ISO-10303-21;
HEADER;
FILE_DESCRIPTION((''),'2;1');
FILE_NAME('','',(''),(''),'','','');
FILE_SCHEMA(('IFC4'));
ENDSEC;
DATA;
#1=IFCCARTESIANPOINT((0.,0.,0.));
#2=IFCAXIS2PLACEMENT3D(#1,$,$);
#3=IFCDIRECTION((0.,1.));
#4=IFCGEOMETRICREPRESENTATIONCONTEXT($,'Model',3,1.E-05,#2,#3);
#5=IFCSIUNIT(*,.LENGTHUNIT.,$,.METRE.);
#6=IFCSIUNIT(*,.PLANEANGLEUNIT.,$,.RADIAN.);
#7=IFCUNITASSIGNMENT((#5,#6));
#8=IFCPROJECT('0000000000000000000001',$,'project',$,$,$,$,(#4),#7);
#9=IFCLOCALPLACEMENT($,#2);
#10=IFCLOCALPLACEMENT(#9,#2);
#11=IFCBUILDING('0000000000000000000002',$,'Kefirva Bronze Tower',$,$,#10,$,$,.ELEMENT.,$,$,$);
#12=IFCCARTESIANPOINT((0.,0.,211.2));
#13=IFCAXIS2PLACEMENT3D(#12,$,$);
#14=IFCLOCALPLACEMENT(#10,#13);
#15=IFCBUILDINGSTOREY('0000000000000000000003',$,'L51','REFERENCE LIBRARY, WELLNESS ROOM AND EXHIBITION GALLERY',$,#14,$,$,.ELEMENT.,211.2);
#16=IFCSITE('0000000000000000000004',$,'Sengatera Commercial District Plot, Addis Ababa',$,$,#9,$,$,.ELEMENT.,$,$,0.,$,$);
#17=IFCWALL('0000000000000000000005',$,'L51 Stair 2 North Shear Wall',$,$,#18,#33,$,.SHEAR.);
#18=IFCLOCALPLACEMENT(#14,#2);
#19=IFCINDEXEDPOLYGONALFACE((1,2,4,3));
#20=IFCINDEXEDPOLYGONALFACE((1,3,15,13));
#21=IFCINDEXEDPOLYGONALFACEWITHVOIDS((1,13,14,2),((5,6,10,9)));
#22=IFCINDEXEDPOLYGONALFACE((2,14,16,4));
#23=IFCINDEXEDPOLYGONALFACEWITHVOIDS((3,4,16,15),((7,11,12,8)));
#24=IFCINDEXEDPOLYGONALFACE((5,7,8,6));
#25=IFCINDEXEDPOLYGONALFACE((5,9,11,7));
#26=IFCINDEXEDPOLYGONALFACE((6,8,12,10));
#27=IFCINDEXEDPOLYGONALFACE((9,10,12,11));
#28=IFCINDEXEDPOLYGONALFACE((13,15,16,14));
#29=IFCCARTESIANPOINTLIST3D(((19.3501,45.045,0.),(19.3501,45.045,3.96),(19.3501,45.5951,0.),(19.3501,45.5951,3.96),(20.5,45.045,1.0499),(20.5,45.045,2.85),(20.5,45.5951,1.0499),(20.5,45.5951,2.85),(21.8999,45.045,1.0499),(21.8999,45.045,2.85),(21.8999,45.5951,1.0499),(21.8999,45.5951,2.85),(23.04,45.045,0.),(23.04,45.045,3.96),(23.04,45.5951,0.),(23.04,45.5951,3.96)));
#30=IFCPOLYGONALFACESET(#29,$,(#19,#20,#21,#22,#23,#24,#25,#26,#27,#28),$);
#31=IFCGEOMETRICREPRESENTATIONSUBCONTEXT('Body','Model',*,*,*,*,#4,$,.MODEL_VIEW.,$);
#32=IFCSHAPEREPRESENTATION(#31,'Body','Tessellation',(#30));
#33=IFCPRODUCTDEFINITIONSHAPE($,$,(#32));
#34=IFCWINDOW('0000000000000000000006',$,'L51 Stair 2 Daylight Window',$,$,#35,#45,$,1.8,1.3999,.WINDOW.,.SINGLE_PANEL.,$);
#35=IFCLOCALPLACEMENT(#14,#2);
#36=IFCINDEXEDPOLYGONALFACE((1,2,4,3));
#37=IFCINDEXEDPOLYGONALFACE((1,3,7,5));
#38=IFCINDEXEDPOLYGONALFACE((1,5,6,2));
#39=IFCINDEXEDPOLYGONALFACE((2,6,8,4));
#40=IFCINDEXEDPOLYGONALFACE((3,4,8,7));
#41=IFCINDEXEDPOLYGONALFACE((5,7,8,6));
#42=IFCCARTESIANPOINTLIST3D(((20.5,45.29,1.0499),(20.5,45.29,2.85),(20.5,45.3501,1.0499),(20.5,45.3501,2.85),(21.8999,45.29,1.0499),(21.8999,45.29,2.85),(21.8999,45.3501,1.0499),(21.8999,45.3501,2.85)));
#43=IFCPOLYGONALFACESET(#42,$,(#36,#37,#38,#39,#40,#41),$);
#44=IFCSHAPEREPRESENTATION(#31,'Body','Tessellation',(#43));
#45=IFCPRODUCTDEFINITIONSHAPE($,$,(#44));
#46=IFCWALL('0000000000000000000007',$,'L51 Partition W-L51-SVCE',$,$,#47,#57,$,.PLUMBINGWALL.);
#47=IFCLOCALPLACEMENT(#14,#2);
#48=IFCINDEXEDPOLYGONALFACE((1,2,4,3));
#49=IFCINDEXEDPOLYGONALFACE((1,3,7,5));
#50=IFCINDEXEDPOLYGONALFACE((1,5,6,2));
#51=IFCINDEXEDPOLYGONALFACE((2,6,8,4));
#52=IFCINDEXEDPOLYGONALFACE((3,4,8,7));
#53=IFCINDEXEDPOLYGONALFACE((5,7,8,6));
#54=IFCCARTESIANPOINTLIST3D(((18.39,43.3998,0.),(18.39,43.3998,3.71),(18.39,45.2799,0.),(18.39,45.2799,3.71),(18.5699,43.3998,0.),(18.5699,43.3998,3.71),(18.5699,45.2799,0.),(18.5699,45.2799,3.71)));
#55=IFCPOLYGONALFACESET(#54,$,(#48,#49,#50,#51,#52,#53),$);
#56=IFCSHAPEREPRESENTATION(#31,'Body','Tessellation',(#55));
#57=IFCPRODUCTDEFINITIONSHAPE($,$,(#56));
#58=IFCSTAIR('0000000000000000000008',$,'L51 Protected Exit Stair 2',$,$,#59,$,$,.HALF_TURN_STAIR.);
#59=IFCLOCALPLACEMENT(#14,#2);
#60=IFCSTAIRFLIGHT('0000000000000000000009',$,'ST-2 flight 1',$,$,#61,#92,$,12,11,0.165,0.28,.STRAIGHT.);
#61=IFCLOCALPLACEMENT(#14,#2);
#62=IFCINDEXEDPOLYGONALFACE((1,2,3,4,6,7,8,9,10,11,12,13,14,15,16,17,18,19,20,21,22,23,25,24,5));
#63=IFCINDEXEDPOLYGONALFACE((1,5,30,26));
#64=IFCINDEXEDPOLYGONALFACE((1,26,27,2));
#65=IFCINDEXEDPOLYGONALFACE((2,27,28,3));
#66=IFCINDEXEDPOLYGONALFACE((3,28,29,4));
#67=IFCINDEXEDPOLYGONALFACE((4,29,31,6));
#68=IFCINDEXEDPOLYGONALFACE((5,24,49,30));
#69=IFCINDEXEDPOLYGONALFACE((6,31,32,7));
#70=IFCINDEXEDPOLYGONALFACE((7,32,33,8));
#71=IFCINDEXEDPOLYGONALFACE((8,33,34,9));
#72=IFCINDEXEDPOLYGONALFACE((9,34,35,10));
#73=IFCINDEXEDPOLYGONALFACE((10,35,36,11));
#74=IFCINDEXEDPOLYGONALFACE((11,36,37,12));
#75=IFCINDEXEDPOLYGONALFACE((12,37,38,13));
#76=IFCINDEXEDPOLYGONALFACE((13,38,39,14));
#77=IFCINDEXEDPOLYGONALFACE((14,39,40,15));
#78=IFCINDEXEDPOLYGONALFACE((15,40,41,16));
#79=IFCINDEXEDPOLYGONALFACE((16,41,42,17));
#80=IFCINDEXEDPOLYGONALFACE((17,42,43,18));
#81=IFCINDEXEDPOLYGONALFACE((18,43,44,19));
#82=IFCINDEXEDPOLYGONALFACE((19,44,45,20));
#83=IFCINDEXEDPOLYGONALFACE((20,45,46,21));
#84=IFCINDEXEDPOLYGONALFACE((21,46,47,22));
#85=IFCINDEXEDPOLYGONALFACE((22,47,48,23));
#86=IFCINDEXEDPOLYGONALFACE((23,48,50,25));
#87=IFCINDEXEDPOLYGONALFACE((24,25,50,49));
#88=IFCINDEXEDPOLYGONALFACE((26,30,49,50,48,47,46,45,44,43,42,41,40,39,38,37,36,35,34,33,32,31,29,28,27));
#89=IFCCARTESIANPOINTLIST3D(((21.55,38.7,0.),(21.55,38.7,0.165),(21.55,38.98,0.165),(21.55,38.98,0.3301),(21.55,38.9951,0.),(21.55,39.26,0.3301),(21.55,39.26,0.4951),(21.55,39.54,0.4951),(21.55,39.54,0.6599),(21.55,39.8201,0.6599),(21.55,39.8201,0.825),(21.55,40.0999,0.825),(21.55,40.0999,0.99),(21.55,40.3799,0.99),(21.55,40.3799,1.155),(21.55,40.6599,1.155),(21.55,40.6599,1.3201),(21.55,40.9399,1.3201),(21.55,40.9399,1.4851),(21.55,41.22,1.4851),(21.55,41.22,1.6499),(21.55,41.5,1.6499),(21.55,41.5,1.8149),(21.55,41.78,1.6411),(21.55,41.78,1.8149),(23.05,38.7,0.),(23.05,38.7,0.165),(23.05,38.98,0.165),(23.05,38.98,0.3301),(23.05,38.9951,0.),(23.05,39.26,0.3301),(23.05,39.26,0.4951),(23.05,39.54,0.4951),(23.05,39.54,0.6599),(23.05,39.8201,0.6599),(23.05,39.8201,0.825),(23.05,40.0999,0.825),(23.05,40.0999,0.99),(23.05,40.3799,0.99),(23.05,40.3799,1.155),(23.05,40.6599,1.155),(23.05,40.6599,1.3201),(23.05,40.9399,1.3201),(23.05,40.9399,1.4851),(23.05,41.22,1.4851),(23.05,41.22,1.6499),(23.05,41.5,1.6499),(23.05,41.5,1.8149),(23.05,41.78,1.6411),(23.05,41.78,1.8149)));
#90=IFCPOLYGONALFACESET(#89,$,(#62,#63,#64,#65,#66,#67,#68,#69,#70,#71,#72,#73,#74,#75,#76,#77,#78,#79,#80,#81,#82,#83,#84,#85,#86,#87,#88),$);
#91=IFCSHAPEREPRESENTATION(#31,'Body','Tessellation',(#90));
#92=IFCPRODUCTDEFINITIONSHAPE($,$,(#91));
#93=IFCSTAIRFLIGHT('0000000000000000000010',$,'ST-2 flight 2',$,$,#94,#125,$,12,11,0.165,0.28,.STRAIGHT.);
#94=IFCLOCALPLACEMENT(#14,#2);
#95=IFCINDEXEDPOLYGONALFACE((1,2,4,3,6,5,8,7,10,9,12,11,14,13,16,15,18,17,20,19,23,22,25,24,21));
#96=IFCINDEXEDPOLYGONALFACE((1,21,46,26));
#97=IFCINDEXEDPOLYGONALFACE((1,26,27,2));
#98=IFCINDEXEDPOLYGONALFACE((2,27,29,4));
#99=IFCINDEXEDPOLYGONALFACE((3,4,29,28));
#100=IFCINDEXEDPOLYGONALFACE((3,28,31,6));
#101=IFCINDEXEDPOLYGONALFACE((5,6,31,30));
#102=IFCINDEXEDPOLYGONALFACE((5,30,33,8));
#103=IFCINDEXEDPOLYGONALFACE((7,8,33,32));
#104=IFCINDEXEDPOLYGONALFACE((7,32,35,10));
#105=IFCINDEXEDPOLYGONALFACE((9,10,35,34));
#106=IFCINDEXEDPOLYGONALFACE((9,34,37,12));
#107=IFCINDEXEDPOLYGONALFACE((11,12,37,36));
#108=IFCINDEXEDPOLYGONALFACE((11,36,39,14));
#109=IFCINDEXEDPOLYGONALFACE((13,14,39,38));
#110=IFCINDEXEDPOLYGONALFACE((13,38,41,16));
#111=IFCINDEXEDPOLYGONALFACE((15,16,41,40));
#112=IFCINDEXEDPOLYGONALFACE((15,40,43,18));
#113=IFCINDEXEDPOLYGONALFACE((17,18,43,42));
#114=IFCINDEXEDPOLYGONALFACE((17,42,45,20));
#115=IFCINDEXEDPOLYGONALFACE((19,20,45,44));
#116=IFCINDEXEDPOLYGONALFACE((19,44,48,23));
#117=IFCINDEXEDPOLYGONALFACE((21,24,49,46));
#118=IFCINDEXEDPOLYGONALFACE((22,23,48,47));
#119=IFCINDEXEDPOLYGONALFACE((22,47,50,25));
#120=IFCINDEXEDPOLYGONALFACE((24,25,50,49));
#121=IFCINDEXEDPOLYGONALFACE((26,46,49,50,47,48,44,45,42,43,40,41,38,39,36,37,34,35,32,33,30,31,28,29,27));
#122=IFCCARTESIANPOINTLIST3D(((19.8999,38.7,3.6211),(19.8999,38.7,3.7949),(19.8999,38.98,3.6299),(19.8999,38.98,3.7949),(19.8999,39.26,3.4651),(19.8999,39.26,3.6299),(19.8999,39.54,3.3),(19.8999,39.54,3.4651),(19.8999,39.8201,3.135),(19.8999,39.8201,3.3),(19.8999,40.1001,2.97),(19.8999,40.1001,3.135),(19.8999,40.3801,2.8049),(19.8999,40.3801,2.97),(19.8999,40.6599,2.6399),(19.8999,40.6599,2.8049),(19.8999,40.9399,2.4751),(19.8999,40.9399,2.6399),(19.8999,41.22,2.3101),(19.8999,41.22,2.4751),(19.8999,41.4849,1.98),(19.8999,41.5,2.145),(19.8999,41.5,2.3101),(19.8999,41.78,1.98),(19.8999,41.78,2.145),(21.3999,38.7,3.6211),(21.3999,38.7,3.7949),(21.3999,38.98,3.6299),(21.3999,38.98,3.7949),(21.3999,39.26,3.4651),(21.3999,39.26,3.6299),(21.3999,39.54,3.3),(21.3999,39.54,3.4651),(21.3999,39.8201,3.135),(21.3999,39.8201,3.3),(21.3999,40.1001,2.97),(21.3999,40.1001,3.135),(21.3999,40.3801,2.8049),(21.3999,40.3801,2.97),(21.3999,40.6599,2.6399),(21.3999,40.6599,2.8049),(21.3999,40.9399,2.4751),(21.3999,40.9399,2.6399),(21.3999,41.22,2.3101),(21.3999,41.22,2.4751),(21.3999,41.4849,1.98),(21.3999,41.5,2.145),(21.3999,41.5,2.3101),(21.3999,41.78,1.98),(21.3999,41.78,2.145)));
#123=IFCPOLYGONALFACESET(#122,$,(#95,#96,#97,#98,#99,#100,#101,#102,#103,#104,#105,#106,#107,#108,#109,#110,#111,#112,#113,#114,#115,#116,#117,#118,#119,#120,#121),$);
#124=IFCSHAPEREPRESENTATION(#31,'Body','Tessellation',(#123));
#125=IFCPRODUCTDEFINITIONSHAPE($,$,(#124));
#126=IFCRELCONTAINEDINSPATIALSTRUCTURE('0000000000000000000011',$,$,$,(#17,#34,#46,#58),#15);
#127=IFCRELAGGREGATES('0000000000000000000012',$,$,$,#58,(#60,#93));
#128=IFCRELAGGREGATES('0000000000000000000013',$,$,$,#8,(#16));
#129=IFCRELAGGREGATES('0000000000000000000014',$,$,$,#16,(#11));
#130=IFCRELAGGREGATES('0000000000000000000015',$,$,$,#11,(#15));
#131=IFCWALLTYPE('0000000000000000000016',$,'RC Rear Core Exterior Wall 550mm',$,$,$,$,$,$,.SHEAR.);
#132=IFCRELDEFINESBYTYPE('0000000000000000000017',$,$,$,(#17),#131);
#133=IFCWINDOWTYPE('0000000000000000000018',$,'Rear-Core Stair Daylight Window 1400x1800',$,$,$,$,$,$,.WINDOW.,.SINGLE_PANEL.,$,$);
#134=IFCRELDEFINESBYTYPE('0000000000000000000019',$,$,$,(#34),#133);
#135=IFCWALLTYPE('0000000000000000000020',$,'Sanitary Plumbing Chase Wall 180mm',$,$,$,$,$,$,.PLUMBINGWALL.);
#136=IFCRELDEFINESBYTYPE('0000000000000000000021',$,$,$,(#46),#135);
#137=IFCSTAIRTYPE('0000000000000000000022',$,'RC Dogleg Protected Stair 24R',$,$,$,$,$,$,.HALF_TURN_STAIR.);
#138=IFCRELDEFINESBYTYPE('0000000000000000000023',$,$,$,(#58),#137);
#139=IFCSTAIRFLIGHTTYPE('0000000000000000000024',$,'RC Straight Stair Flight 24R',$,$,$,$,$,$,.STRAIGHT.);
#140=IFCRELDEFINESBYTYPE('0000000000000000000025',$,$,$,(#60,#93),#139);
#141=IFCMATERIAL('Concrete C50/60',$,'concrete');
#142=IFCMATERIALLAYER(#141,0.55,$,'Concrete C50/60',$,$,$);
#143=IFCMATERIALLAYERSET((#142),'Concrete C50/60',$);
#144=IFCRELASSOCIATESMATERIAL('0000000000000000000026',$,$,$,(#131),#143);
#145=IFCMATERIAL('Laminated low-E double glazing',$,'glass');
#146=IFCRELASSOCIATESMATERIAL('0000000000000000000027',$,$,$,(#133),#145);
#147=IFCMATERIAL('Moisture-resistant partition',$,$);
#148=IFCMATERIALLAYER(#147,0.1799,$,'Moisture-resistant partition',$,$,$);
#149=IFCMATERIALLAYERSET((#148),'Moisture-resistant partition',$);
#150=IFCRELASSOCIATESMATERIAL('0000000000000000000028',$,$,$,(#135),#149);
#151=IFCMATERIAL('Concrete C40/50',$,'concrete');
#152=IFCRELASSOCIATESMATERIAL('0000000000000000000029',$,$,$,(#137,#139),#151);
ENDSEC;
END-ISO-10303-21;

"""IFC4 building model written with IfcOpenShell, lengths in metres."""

from ifc_helpers import new_model, si_unit, direction, frame, frame_2d, origin, place, context, subcontext, project, spatial, polyline, rectangle, outline, extrude, material, layer, layer_set, type_object, element, fill, aggregate, save


model = new_model("IFC4")

# Units and contexts
model_context = context("Model", 3, precision=1e-05, world=origin(), true_north=direction((0.0, 1.0)))
body_context = subcontext(model_context, "Body", "Model", "MODEL_VIEW")
ifc_project = project(units=[si_unit("LENGTHUNIT", "METRE"), si_unit("PLANEANGLEUNIT", "RADIAN")], contexts=[model_context])

# Site, building, storey
site_placement = place(None, origin())
site = spatial("IfcSite", under=ifc_project, at=site_placement, Name="Sengatera Commercial District Plot, Addis Ababa", CompositionType="ELEMENT", RefElevation=0.0)
building_placement = place(site_placement, origin())
building = spatial("IfcBuilding", under=site, at=building_placement, Name="Kefirva Bronze Tower", CompositionType="ELEMENT")
storey_placement = place(building_placement, frame((0.0, 0.0, 211.2)))
storey = spatial("IfcBuildingStorey", under=building, at=storey_placement, Name="L51", Description="REFERENCE LIBRARY, WELLNESS ROOM AND EXHIBITION GALLERY", CompositionType="ELEMENT", Elevation=211.2)

# Shared definitions
ifc_material_1 = material(Name="Concrete C50/60", Category="concrete")

# Shared definitions
ifc_material_2 = material(Name="Laminated low-E double glazing", Category="glass")

# Wall, opening, window
ifc_layer_1 = layer(ifc_material_1, 0.55, Name="Concrete C50/60")
ifc_layer_set_1 = layer_set([ifc_layer_1], Name="Concrete C50/60")
wall_type_1 = type_object("IfcWallType", Name="RC Rear Core Exterior Wall 550mm", PredefinedType="SHEAR", material=ifc_layer_set_1)
wall_1_placement = place(storey_placement, frame((19.3501, 45.3201, 0.0), z_axis=(0.0, 0.0, 1.0), x_axis=(1.0, 0.0, 0.0)))
wall_1 = element("IfcWall", 1, at=wall_1_placement, inside=storey, type_object=wall_type_1, Name="L51 Stair 2 North Shear Wall", PredefinedType="SHEAR", context=body_context, shape_type="SweptSolid", body=[
    extrude(rectangle(XDim=3.6899, YDim=0.55, at=frame_2d((1.845, 0.0))), origin(), (0.0, 0.0, 1.0), 3.96),
])
opening_placement = place(wall_1_placement, frame((1.1499, 0.0, 1.05)))
opening = element("IfcOpeningElement", 2, at=opening_placement, cuts=wall_1, PredefinedType="OPENING", context=body_context, shape_type="SweptSolid", body=[
    extrude(rectangle(XDim=1.3999, YDim=1.8, at=frame_2d((0.7, 0.8999))), frame((0.0, 0.2852, 0.0), z_axis=(0.0, -1.0, 0.0), x_axis=(1.0, 0.0, 0.0)), (0.0, 0.0, 1.0), 0.5701),
])
window_type = type_object("IfcWindowType", Name="Rear-Core Stair Daylight Window 1400x1800", PartitioningType="SINGLE_PANEL", PredefinedType="WINDOW", material=ifc_material_2)
window_placement = place(opening_placement, origin())
window = element("IfcWindow", 3, at=window_placement, inside=storey, type_object=window_type, Name="L51 Stair 2 Daylight Window", OverallHeight=1.8, OverallWidth=1.3999, PartitioningType="SINGLE_PANEL", PredefinedType="WINDOW", context=body_context, shape_type="SweptSolid", body=[
    extrude(rectangle(XDim=1.3999, YDim=1.8, at=frame_2d((0.7, 0.8999))), frame((0.0, 0.03, 0.0), z_axis=(0.0, -1.0, 0.0), x_axis=(1.0, 0.0, 0.0)), (0.0, 0.0, 1.0), 0.0601),
])
fill(opening, window)

# Wall
ifc_material_3 = material(Name="Moisture-resistant partition")
ifc_layer_2 = layer(ifc_material_3, 0.1799, Name="Moisture-resistant partition")
ifc_layer_set_2 = layer_set([ifc_layer_2], Name="Moisture-resistant partition")
wall_type_2 = type_object("IfcWallType", Name="Sanitary Plumbing Chase Wall 180mm", PredefinedType="PLUMBINGWALL", material=ifc_layer_set_2)
wall_2_placement = place(storey_placement, frame((18.48, 43.3999, 0.0), z_axis=(0.0, 0.0, 1.0), x_axis=(0.0, 1.0, 0.0)))
element("IfcWall", 4, at=wall_2_placement, inside=storey, type_object=wall_type_2, Name="L51 Partition W-L51-SVCE", PredefinedType="PLUMBINGWALL", context=body_context, shape_type="SweptSolid", body=[
    extrude(rectangle(XDim=1.8801, YDim=0.1799, at=frame_2d((0.9399, 0.0))), origin(), (0.0, 0.0, 1.0), 3.71),
])

# Stair, stair flights
ifc_material_4 = material(Name="Concrete C40/50", Category="concrete")
stair_type = type_object("IfcStairType", Name="RC Dogleg Protected Stair 24R", PredefinedType="HALF_TURN_STAIR", material=ifc_material_4)
stair_placement = place(storey_placement, origin())
stair = element("IfcStair", 5, at=stair_placement, inside=storey, type_object=stair_type, Name="L51 Protected Exit Stair 2", PredefinedType="HALF_TURN_STAIR")
stair_flight_type = type_object("IfcStairFlightType", Name="RC Straight Stair Flight 24R", PredefinedType="STRAIGHT", material=ifc_material_4)
stair_flight_1_placement = place(storey_placement, frame((22.3, 38.7, 0.0), z_axis=(0.0, 0.0, 1.0), x_axis=(0.0, 1.0, 0.0)))
stair_flight_1 = element("IfcStairFlight", 6, at=stair_flight_1_placement, type_object=stair_flight_type, Name="ST-2 flight 1", NumberOfRisers=12, NumberOfTreads=11, PredefinedType="STRAIGHT", RiserHeight=0.165, TreadLength=0.28, context=body_context, shape_type="SweptSolid", body=[
    extrude(outline(polyline([(0.0, 0.0), (0.0, 0.165), (0.28, 0.165), (0.28, 0.3301), (0.5601, 0.3301), (0.5601, 0.4951), (0.8401, 0.4951), (0.8401, 0.6599), (1.1201, 0.6599), (1.1201, 0.825), (1.3999, 0.825), (1.3999, 0.99), (1.6799, 0.99), (1.6799, 1.155), (1.96, 1.155), (1.96, 1.3201), (2.24, 1.3201), (2.24, 1.4851), (2.52, 1.4851), (2.52, 1.6499), (2.8, 1.6499), (2.8, 1.8149), (3.0801, 1.8149), (3.0801, 1.98), (3.0801, 1.6411), (0.2952, 0.0), (0.0, 0.0)])), frame((0.0, 0.75, 0.0), z_axis=(0.0, -1.0, 0.0), x_axis=(1.0, 0.0, 0.0)), (0.0, 0.0, 1.0), 1.5),
])
stair_flight_2_placement = place(storey_placement, frame((20.6499, 41.78, 1.98), z_axis=(0.0, 0.0, 1.0), x_axis=(0.0, -1.0, 0.0)))
stair_flight_2 = element("IfcStairFlight", 7, at=stair_flight_2_placement, type_object=stair_flight_type, Name="ST-2 flight 2", NumberOfRisers=12, NumberOfTreads=11, PredefinedType="STRAIGHT", RiserHeight=0.165, TreadLength=0.28, context=body_context, shape_type="SweptSolid", body=[
    extrude(outline(polyline([(0.0, 0.0), (0.0, 0.165), (0.28, 0.165), (0.28, 0.3301), (0.5601, 0.3301), (0.5601, 0.4951), (0.8401, 0.4951), (0.8401, 0.6599), (1.1201, 0.6599), (1.1201, 0.825), (1.3999, 0.825), (1.3999, 0.99), (1.6799, 0.99), (1.6799, 1.155), (1.96, 1.155), (1.96, 1.3201), (2.24, 1.3201), (2.24, 1.4851), (2.52, 1.4851), (2.52, 1.6499), (2.8, 1.6499), (2.8, 1.8149), (3.0801, 1.8149), (3.0801, 1.98), (3.0801, 1.6411), (0.2952, 0.0), (0.0, 0.0)])), frame((0.0, 0.75, 0.0), z_axis=(0.0, -1.0, 0.0), x_axis=(1.0, 0.0, 0.0)), (0.0, 0.0, 1.0), 1.5),
])
aggregate(stair, [stair_flight_1, stair_flight_2])

save(model, "model.ifc")
